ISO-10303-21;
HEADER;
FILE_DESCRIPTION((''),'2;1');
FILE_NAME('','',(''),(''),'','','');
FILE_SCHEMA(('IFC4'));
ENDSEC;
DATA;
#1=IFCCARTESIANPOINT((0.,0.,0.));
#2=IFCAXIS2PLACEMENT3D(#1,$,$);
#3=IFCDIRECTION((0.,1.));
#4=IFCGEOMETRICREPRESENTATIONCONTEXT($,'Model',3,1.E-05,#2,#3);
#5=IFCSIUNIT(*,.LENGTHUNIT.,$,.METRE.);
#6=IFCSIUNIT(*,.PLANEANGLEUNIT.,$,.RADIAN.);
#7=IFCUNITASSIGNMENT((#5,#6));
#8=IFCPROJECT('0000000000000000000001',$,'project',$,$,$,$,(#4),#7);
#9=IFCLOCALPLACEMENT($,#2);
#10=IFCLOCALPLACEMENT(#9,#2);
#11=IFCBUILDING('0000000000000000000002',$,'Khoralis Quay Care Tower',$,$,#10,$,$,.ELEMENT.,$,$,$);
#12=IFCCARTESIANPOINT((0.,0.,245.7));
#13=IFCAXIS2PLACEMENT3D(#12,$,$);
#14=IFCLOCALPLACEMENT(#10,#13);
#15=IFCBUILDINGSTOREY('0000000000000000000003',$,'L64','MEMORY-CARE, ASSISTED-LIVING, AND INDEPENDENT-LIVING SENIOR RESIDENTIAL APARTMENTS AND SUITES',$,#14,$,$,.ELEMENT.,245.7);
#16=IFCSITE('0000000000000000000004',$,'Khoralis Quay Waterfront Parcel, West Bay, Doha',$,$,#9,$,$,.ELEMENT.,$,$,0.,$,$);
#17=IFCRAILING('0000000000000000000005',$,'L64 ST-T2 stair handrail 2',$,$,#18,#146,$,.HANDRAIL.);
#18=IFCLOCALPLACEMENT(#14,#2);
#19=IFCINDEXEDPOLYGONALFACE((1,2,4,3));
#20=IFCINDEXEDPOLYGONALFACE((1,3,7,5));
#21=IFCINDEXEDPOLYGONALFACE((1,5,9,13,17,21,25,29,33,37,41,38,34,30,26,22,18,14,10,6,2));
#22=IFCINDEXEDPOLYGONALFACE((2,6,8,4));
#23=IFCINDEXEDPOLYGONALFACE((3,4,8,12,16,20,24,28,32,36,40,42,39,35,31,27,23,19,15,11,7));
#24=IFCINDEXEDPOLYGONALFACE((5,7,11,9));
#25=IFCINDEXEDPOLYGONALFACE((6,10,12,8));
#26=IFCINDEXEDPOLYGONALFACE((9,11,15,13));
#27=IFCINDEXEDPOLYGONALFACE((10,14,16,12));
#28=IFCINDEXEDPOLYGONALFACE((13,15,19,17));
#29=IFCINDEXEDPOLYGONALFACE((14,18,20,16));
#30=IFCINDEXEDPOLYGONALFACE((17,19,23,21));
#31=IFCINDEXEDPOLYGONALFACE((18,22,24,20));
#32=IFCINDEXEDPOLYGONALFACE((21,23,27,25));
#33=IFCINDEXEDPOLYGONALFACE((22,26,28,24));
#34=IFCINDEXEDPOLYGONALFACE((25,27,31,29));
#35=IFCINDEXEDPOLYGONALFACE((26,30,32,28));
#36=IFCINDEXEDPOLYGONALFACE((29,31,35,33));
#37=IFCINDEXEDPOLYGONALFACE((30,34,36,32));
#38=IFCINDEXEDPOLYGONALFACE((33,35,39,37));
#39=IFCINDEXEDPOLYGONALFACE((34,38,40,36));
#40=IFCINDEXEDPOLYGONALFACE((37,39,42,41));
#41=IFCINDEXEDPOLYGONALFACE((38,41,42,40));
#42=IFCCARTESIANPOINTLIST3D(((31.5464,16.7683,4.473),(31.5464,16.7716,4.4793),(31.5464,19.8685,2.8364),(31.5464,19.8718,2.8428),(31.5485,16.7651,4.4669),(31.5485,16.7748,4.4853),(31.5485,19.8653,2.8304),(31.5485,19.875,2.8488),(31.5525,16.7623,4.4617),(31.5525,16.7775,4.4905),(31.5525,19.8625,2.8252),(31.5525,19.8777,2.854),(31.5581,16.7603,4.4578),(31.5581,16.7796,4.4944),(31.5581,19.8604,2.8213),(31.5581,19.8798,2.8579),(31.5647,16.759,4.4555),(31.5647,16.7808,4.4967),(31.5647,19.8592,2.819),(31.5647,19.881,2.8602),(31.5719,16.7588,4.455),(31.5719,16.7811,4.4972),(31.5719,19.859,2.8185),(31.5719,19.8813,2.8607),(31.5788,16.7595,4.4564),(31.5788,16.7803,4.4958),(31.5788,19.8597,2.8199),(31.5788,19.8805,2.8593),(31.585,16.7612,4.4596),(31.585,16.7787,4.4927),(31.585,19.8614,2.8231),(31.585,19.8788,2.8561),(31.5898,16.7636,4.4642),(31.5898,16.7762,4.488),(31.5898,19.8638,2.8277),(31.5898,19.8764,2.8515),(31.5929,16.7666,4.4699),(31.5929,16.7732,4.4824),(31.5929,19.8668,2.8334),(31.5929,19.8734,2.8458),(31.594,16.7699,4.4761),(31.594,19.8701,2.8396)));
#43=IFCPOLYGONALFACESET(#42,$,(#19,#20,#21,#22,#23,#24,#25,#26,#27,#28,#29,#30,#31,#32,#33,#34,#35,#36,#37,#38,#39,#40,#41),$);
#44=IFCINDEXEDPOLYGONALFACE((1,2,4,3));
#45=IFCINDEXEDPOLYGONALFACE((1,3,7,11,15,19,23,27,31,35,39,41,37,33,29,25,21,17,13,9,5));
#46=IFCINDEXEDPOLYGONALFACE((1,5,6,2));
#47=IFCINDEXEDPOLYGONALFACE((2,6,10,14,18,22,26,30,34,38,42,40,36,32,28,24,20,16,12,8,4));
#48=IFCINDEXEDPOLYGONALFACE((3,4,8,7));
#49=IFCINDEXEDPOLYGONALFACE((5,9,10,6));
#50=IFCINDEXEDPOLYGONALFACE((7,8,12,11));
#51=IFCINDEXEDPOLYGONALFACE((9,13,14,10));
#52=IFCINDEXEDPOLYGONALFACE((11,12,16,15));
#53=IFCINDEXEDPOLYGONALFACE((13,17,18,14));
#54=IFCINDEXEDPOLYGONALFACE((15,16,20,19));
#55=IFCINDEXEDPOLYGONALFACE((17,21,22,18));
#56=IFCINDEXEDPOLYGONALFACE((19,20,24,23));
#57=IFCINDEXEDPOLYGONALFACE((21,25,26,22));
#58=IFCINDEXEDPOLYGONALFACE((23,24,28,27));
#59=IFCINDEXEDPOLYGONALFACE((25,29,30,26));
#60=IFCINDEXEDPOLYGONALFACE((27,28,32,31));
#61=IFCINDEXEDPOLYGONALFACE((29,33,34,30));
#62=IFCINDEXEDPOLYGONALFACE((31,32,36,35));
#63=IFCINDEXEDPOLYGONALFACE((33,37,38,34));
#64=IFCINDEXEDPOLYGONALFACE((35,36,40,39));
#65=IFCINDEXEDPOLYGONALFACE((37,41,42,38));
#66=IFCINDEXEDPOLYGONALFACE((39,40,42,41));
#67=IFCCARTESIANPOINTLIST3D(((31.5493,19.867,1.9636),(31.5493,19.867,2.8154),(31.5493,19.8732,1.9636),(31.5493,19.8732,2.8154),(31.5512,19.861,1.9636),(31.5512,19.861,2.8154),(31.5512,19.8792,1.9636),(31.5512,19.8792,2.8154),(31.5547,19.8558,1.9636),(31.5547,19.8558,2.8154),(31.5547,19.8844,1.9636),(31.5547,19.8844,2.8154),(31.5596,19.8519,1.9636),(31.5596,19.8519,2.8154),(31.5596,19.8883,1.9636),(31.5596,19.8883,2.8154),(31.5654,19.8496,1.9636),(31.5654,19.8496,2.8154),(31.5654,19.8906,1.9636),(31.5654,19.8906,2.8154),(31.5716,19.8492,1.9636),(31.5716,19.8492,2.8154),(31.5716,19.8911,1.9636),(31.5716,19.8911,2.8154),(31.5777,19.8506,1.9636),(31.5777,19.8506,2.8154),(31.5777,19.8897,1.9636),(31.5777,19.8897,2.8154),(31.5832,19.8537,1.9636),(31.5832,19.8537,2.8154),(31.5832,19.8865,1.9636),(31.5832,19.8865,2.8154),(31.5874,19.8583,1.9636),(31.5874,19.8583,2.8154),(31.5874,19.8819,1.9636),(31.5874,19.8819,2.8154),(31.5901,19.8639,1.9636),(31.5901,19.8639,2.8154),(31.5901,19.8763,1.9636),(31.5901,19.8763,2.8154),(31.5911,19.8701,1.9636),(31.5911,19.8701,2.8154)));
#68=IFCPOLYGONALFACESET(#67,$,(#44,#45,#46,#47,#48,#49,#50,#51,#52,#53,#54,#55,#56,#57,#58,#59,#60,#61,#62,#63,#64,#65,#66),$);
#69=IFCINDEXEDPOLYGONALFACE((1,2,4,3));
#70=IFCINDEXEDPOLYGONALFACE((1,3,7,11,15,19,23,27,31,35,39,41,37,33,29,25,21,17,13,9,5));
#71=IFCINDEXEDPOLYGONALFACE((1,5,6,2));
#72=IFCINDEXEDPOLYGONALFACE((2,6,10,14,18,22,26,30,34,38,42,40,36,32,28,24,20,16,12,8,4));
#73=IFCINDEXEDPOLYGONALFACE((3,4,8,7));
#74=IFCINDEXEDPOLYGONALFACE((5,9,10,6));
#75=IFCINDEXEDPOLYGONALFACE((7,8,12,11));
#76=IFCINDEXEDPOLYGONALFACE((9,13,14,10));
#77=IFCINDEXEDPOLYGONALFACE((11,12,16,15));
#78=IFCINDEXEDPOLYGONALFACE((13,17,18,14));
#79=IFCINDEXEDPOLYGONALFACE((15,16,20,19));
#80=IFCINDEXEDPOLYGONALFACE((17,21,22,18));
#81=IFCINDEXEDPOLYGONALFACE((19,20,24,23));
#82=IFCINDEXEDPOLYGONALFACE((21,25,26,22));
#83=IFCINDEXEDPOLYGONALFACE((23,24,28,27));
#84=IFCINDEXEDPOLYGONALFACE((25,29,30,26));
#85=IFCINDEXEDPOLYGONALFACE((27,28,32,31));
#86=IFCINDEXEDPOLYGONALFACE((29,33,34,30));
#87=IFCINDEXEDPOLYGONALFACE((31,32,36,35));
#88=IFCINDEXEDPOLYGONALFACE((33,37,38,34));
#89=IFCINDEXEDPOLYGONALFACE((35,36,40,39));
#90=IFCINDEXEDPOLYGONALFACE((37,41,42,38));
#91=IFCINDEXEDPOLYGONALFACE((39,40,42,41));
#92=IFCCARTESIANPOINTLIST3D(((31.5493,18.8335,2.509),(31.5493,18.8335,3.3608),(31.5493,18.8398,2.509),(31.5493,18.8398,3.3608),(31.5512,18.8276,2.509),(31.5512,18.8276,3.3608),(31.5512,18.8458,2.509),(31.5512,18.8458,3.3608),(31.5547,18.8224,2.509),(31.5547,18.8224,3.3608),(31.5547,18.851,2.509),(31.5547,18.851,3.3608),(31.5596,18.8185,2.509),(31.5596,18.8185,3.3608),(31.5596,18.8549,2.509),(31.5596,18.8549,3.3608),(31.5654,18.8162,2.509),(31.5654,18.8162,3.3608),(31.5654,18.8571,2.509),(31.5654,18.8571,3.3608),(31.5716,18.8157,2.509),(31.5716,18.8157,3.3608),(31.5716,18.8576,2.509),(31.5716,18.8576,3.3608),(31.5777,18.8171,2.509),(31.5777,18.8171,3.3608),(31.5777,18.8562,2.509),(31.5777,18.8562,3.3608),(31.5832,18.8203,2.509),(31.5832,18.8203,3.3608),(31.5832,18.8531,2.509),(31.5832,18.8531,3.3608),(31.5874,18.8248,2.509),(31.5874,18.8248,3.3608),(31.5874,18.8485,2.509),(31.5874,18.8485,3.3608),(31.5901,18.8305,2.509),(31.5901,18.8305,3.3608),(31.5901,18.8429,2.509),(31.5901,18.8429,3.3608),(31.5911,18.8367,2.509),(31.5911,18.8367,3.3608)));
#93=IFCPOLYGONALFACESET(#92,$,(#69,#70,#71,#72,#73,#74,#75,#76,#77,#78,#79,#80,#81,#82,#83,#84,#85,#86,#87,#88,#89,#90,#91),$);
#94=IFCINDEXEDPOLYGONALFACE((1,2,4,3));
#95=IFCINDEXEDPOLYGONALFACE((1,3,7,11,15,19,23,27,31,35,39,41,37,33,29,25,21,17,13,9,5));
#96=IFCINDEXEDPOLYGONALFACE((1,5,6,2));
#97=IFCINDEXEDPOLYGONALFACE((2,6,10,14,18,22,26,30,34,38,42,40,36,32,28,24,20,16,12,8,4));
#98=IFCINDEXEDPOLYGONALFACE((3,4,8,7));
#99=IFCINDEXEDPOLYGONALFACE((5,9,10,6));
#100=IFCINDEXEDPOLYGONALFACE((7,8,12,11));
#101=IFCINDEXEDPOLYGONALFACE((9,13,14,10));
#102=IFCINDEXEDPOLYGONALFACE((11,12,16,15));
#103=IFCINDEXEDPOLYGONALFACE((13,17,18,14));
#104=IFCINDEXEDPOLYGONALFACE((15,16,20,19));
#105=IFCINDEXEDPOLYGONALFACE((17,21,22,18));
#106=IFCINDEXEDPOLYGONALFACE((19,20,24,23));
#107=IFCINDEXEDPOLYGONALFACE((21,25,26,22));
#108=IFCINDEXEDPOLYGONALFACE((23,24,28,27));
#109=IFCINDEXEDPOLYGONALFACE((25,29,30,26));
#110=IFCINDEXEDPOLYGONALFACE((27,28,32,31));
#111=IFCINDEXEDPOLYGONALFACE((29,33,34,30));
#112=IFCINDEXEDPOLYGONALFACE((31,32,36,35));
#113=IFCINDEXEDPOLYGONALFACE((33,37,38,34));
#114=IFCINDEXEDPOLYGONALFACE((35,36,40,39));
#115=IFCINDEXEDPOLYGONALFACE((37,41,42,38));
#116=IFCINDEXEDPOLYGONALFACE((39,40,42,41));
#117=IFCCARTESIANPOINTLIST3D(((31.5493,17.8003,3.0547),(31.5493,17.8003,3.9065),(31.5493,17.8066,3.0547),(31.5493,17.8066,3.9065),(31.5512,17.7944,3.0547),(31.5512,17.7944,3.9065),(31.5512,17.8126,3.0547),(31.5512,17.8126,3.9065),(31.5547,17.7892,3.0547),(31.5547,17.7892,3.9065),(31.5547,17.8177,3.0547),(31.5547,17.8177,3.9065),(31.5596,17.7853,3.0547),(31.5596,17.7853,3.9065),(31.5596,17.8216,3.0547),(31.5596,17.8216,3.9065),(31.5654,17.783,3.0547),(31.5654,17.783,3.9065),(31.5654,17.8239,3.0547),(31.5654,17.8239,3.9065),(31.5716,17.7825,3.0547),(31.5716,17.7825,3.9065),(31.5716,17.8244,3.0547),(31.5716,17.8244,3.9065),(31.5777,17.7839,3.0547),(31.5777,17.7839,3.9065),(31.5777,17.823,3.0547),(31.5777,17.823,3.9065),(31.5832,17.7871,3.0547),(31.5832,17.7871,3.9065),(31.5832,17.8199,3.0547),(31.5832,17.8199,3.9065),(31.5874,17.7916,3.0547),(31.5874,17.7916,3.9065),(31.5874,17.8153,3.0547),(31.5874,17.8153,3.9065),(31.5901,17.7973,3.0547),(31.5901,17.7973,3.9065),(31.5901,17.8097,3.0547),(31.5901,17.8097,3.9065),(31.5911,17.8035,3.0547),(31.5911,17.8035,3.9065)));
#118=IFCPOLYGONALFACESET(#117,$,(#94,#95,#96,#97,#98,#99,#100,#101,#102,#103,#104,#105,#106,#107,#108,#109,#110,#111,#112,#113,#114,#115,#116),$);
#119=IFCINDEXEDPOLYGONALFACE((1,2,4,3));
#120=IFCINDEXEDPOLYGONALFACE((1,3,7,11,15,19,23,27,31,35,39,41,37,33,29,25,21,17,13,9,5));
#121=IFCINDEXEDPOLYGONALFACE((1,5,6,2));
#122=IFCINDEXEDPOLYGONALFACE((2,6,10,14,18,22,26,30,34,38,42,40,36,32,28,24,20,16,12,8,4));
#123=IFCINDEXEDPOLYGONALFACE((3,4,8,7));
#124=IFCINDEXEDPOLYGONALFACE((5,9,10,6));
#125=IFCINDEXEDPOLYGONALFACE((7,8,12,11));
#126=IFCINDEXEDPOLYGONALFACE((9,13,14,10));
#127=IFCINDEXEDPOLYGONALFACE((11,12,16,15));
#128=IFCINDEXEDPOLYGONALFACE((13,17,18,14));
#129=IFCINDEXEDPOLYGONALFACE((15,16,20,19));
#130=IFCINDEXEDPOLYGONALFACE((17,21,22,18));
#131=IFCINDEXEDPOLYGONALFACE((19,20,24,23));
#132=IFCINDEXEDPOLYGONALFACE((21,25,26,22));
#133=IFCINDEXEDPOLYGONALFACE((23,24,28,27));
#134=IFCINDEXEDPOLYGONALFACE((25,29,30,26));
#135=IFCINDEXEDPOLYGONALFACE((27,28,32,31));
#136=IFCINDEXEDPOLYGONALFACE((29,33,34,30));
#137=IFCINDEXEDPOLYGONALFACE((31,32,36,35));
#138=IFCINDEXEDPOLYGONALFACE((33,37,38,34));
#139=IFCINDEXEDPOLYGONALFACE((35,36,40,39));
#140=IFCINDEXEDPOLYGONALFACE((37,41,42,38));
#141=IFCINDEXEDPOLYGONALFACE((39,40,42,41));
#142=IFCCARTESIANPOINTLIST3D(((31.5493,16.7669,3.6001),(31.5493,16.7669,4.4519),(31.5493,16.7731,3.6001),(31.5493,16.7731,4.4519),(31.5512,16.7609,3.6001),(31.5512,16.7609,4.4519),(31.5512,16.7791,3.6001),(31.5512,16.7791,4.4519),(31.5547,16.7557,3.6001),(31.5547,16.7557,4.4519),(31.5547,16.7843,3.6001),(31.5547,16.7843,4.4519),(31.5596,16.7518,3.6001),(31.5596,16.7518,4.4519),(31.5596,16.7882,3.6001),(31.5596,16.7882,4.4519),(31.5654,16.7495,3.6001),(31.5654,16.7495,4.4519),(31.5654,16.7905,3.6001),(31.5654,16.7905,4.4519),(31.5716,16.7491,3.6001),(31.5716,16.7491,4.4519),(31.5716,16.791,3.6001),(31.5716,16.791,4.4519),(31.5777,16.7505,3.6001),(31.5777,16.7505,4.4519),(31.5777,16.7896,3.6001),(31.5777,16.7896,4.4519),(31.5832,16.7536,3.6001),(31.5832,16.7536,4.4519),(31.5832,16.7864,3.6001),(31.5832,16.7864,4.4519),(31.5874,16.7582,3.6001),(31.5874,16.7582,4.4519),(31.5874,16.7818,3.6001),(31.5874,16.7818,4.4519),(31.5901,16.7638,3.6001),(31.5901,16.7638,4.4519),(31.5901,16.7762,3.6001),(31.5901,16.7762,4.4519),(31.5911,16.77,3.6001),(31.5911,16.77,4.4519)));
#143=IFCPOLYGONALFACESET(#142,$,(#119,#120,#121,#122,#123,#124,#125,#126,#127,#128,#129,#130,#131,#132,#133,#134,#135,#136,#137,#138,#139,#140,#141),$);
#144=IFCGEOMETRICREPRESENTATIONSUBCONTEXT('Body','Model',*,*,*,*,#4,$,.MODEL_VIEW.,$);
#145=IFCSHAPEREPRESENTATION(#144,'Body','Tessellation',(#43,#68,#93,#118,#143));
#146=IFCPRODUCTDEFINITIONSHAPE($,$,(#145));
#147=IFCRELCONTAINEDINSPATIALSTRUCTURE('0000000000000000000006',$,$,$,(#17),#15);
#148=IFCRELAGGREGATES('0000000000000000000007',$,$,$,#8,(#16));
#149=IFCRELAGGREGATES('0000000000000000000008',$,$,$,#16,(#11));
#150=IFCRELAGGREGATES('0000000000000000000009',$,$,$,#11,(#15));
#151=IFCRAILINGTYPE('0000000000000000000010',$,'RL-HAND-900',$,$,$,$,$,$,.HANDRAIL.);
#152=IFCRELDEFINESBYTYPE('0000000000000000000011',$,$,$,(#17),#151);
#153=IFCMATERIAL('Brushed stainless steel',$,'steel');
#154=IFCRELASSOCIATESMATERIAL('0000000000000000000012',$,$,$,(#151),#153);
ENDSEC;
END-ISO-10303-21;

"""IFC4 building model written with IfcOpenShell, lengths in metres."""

from ifc_helpers import new_model, si_unit, direction, frame, origin, origin_2d, place, context, subcontext, project, spatial, circle, extrude, material, type_object, element, save


model = new_model("IFC4")

# Units and contexts
model_context = context("Model", 3, precision=1e-05, world=origin(), true_north=direction((0.0, 1.0)))
body_context = subcontext(model_context, "Body", "Model", "MODEL_VIEW")
ifc_project = project(units=[si_unit("LENGTHUNIT", "METRE"), si_unit("PLANEANGLEUNIT", "RADIAN")], contexts=[model_context])

# Site, building, storey
site_placement = place(None, origin())
site = spatial("IfcSite", under=ifc_project, at=site_placement, Name="Khoralis Quay Waterfront Parcel, West Bay, Doha", CompositionType="ELEMENT", RefElevation=0.0)
building_placement = place(site_placement, origin())
building = spatial("IfcBuilding", under=site, at=building_placement, Name="Khoralis Quay Care Tower", CompositionType="ELEMENT")
storey_placement = place(building_placement, frame((0.0, 0.0, 245.7)))
storey = spatial("IfcBuildingStorey", under=building, at=storey_placement, Name="L64", Description="MEMORY-CARE, ASSISTED-LIVING, AND INDEPENDENT-LIVING SENIOR RESIDENTIAL APARTMENTS AND SUITES", CompositionType="ELEMENT", Elevation=245.7)

# Shared definitions
ifc_material_1 = material(Name="Brushed stainless steel", Category="steel")

# Railing
railing_type_1 = type_object("IfcRailingType", Name="RL-HAND-900", PredefinedType="HANDRAIL", material=ifc_material_1)
railing_1_placement = place(storey_placement, frame((31.5701, 19.8701, 1.9636)))
element("IfcRailing", 1, at=railing_1_placement, inside=storey, type_object=railing_type_1, Name="L64 ST-T2 stair handrail 2", PredefinedType="HANDRAIL", context=body_context, shape_type="SweptSolid", body=[
    extrude(circle(Radius=0.0239, at=origin_2d()), frame((0.0, 0.0, 0.876), z_axis=(0.0, -0.884348, 0.466828), x_axis=(1.0, 0.0, 0.0)), (0.0, 0.0, 1.0), 3.5056),
    extrude(circle(Radius=0.021, at=origin_2d()), origin(), (0.0, 0.0, 1.0), 0.8518),
    extrude(circle(Radius=0.021, at=origin_2d()), frame((0.0, -1.0334, 0.5454)), (0.0, 0.0, 1.0), 0.8518),
    extrude(circle(Radius=0.021, at=origin_2d()), frame((0.0, -2.0667, 1.0911)), (0.0, 0.0, 1.0), 0.8518),
    extrude(circle(Radius=0.021, at=origin_2d()), frame((0.0, -3.1001, 1.6365)), (0.0, 0.0, 1.0), 0.8518),
])

save(model, "model.ifc")
